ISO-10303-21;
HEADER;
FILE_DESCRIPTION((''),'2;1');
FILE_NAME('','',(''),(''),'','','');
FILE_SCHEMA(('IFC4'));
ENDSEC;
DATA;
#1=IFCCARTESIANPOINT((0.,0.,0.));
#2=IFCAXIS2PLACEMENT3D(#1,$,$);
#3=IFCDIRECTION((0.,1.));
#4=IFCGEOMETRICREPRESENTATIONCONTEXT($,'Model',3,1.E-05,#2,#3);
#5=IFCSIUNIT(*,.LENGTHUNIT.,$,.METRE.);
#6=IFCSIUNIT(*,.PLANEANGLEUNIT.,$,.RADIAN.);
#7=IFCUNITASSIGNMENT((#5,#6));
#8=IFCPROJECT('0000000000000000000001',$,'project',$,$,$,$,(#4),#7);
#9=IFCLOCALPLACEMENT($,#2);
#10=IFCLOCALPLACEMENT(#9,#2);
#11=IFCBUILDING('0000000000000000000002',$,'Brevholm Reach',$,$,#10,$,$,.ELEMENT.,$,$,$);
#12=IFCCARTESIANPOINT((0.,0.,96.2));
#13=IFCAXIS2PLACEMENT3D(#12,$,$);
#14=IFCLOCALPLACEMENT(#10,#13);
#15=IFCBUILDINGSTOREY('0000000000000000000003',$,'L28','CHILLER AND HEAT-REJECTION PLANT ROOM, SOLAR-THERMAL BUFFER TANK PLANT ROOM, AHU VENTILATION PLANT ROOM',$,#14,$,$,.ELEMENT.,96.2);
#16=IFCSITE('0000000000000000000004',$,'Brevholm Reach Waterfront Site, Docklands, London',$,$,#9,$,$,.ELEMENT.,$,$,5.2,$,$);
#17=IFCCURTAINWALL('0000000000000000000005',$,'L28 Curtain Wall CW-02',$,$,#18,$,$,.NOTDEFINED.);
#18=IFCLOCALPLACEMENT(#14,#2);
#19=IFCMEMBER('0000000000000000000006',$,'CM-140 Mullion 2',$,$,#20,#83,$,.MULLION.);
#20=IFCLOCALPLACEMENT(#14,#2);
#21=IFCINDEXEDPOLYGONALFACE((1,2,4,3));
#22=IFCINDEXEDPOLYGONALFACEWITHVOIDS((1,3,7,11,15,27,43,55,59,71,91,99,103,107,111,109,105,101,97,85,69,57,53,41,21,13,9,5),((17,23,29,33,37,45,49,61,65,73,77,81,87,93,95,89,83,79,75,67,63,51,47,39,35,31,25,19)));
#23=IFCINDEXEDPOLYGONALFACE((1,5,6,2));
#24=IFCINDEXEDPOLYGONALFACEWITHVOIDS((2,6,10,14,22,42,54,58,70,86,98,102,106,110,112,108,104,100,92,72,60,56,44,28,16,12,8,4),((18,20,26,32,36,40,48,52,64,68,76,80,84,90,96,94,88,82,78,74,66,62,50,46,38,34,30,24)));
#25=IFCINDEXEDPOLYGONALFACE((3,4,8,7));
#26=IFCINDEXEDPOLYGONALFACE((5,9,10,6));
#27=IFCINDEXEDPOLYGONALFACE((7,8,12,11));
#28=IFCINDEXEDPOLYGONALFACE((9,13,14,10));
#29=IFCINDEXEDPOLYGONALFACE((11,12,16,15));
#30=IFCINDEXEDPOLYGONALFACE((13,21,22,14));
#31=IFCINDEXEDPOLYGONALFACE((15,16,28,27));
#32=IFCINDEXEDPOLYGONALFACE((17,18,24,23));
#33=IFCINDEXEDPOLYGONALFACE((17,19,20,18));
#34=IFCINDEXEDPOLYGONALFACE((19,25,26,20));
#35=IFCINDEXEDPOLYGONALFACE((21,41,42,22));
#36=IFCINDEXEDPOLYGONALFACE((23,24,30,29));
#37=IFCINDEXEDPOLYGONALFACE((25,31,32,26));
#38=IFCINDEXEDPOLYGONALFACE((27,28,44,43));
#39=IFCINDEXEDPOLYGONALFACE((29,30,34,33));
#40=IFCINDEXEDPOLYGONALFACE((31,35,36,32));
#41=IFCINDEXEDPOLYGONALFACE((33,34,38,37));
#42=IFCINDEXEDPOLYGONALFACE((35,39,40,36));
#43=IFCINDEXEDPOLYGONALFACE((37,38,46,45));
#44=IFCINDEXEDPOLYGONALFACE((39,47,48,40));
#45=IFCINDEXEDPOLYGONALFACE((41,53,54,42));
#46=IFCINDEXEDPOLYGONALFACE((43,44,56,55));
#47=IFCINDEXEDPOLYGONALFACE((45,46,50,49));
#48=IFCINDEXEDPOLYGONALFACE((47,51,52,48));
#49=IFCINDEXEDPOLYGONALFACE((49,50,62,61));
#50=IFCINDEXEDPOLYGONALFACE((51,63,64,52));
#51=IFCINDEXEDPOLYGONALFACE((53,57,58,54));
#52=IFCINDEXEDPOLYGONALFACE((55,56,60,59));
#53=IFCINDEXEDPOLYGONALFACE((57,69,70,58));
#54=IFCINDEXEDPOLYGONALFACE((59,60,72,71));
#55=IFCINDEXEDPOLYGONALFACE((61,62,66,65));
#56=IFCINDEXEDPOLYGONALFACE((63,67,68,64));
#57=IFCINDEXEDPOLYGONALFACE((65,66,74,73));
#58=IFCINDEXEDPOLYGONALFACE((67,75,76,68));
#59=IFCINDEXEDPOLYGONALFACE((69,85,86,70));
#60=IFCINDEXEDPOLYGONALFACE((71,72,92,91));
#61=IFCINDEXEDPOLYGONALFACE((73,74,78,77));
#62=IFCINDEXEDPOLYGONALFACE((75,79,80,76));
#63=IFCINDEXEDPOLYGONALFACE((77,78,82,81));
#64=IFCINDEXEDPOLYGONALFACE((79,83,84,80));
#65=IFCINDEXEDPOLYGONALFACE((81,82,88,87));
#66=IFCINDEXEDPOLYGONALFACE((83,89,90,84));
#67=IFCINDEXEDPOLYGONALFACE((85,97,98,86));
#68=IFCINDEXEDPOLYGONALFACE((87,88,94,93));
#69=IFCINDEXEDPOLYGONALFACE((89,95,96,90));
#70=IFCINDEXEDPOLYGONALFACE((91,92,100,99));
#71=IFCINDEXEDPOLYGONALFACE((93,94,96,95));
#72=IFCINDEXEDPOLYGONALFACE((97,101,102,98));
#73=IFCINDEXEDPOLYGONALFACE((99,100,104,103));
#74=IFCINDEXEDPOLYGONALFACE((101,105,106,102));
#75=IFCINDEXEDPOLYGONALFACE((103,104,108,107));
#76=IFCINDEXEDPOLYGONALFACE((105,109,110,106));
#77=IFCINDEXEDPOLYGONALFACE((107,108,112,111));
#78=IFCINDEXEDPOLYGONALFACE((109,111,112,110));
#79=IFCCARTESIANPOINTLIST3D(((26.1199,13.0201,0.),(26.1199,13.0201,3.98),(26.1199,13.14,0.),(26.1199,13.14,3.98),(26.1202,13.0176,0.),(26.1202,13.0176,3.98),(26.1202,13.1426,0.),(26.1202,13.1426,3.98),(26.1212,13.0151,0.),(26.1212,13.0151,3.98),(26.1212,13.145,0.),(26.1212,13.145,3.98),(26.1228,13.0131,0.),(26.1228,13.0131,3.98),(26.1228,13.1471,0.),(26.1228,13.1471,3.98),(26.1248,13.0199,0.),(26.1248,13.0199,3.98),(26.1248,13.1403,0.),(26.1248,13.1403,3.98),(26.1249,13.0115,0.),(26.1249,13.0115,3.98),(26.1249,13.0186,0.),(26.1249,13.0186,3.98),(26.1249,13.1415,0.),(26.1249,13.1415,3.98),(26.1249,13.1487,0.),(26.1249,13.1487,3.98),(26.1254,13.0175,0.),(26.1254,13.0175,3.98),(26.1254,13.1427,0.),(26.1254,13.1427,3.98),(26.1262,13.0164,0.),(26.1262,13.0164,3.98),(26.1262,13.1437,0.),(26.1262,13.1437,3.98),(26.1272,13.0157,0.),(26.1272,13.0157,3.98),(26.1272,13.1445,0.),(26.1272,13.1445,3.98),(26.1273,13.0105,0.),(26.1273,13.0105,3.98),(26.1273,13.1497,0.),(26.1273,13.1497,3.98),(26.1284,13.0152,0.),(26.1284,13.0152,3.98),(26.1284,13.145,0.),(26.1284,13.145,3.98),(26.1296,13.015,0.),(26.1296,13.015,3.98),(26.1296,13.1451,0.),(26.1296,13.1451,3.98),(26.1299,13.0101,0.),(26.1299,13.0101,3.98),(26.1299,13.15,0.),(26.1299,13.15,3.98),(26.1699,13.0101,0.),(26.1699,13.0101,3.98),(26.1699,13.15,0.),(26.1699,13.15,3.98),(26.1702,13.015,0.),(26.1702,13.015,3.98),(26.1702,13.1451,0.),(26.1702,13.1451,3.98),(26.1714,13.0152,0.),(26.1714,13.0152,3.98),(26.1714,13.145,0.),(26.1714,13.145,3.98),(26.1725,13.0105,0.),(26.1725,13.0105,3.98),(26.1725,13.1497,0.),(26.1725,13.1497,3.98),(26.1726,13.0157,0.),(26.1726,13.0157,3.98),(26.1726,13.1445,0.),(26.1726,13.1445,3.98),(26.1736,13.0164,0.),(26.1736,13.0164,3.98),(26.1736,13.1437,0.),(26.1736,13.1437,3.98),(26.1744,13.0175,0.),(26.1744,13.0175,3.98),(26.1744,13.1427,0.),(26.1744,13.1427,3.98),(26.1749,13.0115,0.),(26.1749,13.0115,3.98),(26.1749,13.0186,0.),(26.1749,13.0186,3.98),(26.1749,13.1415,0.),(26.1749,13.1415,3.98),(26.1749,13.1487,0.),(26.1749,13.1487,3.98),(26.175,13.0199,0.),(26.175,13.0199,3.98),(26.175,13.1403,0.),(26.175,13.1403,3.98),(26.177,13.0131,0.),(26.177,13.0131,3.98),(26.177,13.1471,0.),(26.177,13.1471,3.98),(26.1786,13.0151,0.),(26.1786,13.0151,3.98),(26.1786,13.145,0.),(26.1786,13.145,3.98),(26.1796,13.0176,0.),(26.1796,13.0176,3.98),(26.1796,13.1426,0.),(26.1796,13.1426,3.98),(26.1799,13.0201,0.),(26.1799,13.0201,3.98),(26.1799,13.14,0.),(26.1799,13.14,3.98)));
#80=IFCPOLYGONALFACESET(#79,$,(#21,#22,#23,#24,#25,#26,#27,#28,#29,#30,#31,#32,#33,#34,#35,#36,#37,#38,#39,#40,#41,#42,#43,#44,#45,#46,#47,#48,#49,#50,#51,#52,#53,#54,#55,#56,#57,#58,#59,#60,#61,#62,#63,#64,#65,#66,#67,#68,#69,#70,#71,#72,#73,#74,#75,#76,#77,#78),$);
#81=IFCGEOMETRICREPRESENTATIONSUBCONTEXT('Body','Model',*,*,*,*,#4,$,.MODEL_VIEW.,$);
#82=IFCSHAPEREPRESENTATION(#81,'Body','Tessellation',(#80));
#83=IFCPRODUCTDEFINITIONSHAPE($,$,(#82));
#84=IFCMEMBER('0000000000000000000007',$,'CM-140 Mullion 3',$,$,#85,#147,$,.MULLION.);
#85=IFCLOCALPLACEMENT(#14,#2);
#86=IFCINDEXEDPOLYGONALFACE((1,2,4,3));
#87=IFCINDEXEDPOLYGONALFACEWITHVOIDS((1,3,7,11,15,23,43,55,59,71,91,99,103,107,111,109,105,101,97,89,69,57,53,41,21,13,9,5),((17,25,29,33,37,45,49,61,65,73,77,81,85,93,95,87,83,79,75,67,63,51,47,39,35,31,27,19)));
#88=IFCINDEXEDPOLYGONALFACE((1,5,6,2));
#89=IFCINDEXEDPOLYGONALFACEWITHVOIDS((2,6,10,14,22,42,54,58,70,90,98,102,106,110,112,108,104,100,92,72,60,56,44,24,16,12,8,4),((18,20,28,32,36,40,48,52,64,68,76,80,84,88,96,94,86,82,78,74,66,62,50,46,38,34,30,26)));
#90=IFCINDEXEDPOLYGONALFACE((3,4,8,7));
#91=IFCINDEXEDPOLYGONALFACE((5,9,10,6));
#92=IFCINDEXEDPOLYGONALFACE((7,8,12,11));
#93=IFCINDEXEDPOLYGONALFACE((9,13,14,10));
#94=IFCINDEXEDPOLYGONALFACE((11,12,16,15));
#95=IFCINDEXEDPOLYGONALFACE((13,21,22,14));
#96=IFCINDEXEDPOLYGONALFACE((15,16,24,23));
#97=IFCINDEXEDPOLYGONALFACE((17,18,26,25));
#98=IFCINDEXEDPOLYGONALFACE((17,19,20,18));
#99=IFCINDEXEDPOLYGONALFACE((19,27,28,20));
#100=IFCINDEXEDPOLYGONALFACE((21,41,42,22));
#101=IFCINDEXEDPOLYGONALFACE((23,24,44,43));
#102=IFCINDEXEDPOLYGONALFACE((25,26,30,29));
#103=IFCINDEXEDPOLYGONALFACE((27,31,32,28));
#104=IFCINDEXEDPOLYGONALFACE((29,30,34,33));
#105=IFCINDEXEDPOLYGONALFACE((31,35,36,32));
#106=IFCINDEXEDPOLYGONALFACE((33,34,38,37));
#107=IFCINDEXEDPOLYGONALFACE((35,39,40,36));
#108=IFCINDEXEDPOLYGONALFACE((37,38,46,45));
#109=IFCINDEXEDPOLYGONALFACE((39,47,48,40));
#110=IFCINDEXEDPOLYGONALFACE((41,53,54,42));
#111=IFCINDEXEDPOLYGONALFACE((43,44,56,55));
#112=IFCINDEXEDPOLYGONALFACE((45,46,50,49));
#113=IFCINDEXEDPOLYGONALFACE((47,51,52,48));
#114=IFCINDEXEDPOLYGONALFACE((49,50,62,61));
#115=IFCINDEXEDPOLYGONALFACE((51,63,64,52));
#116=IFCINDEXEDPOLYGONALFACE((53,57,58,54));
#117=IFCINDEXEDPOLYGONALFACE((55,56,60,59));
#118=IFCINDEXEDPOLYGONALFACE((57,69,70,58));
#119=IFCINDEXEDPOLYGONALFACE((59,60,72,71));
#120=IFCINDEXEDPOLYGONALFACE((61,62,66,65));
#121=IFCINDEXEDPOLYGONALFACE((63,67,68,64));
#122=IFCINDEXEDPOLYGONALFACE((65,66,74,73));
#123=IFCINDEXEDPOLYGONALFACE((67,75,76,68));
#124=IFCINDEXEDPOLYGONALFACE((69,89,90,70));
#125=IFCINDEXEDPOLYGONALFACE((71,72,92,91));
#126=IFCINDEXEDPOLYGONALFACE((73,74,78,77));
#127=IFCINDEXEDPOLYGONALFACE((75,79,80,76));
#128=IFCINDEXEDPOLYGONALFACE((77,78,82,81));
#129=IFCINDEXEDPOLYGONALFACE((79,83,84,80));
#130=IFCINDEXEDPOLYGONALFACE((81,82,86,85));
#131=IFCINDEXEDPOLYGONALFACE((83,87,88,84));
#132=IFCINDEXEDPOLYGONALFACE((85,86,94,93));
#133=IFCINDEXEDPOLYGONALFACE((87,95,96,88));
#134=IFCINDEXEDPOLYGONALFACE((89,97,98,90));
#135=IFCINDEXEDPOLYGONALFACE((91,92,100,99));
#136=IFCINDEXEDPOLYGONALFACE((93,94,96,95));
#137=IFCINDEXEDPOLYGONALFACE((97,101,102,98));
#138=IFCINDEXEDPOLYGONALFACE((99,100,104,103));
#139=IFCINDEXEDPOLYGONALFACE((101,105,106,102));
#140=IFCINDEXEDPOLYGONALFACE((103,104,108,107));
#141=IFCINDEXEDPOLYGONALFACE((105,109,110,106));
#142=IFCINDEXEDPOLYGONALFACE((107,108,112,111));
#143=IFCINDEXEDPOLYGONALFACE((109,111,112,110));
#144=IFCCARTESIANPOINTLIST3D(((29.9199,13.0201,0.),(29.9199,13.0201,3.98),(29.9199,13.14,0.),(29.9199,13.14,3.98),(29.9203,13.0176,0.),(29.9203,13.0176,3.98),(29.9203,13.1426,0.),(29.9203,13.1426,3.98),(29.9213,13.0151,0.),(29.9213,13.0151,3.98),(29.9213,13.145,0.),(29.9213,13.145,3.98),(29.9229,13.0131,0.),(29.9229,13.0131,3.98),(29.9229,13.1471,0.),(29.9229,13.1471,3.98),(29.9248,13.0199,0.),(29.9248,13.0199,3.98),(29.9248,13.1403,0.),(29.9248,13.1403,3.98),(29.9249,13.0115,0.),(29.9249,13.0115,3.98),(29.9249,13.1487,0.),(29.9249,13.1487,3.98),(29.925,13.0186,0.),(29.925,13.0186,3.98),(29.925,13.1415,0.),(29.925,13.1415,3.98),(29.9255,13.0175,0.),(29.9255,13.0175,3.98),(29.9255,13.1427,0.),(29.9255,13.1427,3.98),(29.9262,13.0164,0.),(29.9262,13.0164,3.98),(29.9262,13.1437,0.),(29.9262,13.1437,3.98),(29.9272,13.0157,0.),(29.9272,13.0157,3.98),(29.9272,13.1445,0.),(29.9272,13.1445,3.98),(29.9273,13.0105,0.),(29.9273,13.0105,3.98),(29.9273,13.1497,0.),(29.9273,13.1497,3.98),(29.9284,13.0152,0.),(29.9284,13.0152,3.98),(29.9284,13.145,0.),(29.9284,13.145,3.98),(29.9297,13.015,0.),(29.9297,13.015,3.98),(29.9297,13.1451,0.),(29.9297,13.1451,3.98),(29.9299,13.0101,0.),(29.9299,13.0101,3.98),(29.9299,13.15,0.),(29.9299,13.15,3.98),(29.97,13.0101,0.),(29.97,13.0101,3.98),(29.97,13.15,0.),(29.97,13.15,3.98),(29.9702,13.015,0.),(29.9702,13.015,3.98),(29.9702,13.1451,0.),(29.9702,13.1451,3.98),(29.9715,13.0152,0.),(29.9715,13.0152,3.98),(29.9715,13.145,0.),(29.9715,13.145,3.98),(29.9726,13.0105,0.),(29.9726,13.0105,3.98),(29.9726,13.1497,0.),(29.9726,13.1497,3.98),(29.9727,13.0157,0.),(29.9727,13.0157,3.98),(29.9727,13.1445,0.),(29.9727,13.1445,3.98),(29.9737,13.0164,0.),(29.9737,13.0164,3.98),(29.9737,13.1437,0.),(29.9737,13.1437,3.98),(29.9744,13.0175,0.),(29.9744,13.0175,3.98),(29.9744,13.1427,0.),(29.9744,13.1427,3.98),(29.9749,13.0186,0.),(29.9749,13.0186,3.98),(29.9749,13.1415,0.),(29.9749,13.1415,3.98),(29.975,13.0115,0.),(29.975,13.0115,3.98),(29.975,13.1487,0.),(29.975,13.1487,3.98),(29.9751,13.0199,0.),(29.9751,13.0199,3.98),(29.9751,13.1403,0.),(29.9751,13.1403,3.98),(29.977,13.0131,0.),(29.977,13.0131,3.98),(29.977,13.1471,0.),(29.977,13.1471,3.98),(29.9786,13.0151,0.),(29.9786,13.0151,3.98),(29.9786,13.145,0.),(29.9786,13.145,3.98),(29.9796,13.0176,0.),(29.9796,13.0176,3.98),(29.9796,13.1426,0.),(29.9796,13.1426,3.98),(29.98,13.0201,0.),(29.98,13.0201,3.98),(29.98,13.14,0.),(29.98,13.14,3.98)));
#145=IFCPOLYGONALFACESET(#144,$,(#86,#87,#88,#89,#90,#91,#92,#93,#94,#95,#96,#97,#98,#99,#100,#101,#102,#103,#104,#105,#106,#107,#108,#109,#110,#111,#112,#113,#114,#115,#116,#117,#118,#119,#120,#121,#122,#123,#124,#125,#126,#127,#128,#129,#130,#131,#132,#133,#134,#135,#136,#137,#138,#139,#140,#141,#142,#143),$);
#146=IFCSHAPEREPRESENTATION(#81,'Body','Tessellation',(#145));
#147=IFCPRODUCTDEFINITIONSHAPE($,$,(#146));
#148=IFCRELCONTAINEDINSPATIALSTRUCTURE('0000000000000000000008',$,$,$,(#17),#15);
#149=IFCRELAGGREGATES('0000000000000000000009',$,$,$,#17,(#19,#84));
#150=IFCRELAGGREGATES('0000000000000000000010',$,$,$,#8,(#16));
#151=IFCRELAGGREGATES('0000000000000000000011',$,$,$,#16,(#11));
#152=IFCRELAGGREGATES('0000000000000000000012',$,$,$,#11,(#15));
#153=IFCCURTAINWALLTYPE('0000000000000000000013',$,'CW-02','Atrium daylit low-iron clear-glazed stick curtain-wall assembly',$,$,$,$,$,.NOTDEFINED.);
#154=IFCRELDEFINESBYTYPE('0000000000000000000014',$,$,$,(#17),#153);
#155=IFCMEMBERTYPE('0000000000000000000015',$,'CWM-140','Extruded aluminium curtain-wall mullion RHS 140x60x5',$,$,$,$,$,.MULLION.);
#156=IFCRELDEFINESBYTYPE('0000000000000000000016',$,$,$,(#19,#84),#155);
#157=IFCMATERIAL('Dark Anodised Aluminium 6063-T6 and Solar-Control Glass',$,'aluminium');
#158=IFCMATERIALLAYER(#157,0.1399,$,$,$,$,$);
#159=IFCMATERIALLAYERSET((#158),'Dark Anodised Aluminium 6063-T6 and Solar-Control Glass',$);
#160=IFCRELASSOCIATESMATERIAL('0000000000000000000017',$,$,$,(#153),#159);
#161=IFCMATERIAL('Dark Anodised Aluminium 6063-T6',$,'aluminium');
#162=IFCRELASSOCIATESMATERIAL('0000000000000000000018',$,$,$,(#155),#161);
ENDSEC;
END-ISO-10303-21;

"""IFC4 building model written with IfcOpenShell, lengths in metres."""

from ifc_helpers import new_model, si_unit, direction, frame, origin, origin_2d, place, context, subcontext, project, spatial, hollow_rectangle, extrude, material, layer, layer_set, material_profile, profile_set, type_object, element, aggregate, save


model = new_model("IFC4")

# Units and contexts
model_context = context("Model", 3, precision=1e-05, world=origin(), true_north=direction((0.0, 1.0)))
body_context = subcontext(model_context, "Body", "Model", "MODEL_VIEW")
ifc_project = project(units=[si_unit("LENGTHUNIT", "METRE"), si_unit("PLANEANGLEUNIT", "RADIAN")], contexts=[model_context])

# Site, building, storey
site_placement = place(None, origin())
site = spatial("IfcSite", under=ifc_project, at=site_placement, Name="Brevholm Reach Waterfront Site, Docklands, London", CompositionType="ELEMENT", RefElevation=5.2)
building_placement = place(site_placement, origin())
building = spatial("IfcBuilding", under=site, at=building_placement, Name="Brevholm Reach", CompositionType="ELEMENT")
storey_placement = place(building_placement, frame((0.0, 0.0, 96.2)))
storey = spatial("IfcBuildingStorey", under=building, at=storey_placement, Name="L28", Description="CHILLER AND HEAT-REJECTION PLANT ROOM, SOLAR-THERMAL BUFFER TANK PLANT ROOM, AHU VENTILATION PLANT ROOM", CompositionType="ELEMENT", Elevation=96.2)

# Curtain wall, members
ifc_material_1 = material(Name="Dark Anodised Aluminium 6063-T6 and Solar-Control Glass", Category="aluminium")
ifc_layer_1 = layer(ifc_material_1, 0.1399)
ifc_layer_set_1 = layer_set([ifc_layer_1], Name="Dark Anodised Aluminium 6063-T6 and Solar-Control Glass")
curtain_wall_type = type_object("IfcCurtainWallType", Name="CW-02", Description="Atrium daylit low-iron clear-glazed stick curtain-wall assembly", PredefinedType="NOTDEFINED", material=ifc_layer_set_1)
curtain_wall_placement = place(storey_placement, origin())
curtain_wall = element("IfcCurtainWall", 1, at=curtain_wall_placement, inside=storey, type_object=curtain_wall_type, Name="L28 Curtain Wall CW-02", PredefinedType="NOTDEFINED")
ifc_material_2 = material(Name="Dark Anodised Aluminium 6063-T6", Category="aluminium")
ifc_material_profile_1 = material_profile(ifc_material_2, hollow_rectangle(XDim=0.0601, YDim=0.1399, WallThickness=0.0049, InnerFilletRadius=0.0049, OuterFilletRadius=0.01, at=origin_2d()), Name="RHS 140x60x5")
ifc_profile_set_1 = profile_set([ifc_material_profile_1], Name="Dark Anodised Aluminium 6063-T6")
member_type_1 = type_object("IfcMemberType", Name="CWM-140", Description="Extruded aluminium curtain-wall mullion RHS 140x60x5", PredefinedType="MULLION", material=ifc_profile_set_1)
member_1_placement = place(storey_placement, frame((26.1499, 13.0801, 0.0), z_axis=(0.0, 0.0, 1.0), x_axis=(1.0, 0.0, 0.0)))
member_1 = element("IfcMember", 2, at=member_1_placement, type_object=member_type_1, Name="CM-140 Mullion 2", PredefinedType="MULLION", context=body_context, shape_type="SweptSolid", body=[
    extrude(hollow_rectangle(XDim=0.0601, YDim=0.1399, WallThickness=0.0049, InnerFilletRadius=0.0049, OuterFilletRadius=0.01, at=origin_2d()), origin(), (0.0, 0.0, 1.0), 3.98),
])
member_2_placement = place(storey_placement, frame((29.95, 13.0801, 0.0), z_axis=(0.0, 0.0, 1.0), x_axis=(1.0, 0.0, 0.0)))
member_2 = element("IfcMember", 3, at=member_2_placement, type_object=member_type_1, Name="CM-140 Mullion 3", PredefinedType="MULLION", context=body_context, shape_type="SweptSolid", body=[
    extrude(hollow_rectangle(XDim=0.0601, YDim=0.1399, WallThickness=0.0049, InnerFilletRadius=0.0049, OuterFilletRadius=0.01, at=origin_2d()), origin(), (0.0, 0.0, 1.0), 3.98),
])
aggregate(curtain_wall, [member_1, member_2])

save(model, "model.ifc")
